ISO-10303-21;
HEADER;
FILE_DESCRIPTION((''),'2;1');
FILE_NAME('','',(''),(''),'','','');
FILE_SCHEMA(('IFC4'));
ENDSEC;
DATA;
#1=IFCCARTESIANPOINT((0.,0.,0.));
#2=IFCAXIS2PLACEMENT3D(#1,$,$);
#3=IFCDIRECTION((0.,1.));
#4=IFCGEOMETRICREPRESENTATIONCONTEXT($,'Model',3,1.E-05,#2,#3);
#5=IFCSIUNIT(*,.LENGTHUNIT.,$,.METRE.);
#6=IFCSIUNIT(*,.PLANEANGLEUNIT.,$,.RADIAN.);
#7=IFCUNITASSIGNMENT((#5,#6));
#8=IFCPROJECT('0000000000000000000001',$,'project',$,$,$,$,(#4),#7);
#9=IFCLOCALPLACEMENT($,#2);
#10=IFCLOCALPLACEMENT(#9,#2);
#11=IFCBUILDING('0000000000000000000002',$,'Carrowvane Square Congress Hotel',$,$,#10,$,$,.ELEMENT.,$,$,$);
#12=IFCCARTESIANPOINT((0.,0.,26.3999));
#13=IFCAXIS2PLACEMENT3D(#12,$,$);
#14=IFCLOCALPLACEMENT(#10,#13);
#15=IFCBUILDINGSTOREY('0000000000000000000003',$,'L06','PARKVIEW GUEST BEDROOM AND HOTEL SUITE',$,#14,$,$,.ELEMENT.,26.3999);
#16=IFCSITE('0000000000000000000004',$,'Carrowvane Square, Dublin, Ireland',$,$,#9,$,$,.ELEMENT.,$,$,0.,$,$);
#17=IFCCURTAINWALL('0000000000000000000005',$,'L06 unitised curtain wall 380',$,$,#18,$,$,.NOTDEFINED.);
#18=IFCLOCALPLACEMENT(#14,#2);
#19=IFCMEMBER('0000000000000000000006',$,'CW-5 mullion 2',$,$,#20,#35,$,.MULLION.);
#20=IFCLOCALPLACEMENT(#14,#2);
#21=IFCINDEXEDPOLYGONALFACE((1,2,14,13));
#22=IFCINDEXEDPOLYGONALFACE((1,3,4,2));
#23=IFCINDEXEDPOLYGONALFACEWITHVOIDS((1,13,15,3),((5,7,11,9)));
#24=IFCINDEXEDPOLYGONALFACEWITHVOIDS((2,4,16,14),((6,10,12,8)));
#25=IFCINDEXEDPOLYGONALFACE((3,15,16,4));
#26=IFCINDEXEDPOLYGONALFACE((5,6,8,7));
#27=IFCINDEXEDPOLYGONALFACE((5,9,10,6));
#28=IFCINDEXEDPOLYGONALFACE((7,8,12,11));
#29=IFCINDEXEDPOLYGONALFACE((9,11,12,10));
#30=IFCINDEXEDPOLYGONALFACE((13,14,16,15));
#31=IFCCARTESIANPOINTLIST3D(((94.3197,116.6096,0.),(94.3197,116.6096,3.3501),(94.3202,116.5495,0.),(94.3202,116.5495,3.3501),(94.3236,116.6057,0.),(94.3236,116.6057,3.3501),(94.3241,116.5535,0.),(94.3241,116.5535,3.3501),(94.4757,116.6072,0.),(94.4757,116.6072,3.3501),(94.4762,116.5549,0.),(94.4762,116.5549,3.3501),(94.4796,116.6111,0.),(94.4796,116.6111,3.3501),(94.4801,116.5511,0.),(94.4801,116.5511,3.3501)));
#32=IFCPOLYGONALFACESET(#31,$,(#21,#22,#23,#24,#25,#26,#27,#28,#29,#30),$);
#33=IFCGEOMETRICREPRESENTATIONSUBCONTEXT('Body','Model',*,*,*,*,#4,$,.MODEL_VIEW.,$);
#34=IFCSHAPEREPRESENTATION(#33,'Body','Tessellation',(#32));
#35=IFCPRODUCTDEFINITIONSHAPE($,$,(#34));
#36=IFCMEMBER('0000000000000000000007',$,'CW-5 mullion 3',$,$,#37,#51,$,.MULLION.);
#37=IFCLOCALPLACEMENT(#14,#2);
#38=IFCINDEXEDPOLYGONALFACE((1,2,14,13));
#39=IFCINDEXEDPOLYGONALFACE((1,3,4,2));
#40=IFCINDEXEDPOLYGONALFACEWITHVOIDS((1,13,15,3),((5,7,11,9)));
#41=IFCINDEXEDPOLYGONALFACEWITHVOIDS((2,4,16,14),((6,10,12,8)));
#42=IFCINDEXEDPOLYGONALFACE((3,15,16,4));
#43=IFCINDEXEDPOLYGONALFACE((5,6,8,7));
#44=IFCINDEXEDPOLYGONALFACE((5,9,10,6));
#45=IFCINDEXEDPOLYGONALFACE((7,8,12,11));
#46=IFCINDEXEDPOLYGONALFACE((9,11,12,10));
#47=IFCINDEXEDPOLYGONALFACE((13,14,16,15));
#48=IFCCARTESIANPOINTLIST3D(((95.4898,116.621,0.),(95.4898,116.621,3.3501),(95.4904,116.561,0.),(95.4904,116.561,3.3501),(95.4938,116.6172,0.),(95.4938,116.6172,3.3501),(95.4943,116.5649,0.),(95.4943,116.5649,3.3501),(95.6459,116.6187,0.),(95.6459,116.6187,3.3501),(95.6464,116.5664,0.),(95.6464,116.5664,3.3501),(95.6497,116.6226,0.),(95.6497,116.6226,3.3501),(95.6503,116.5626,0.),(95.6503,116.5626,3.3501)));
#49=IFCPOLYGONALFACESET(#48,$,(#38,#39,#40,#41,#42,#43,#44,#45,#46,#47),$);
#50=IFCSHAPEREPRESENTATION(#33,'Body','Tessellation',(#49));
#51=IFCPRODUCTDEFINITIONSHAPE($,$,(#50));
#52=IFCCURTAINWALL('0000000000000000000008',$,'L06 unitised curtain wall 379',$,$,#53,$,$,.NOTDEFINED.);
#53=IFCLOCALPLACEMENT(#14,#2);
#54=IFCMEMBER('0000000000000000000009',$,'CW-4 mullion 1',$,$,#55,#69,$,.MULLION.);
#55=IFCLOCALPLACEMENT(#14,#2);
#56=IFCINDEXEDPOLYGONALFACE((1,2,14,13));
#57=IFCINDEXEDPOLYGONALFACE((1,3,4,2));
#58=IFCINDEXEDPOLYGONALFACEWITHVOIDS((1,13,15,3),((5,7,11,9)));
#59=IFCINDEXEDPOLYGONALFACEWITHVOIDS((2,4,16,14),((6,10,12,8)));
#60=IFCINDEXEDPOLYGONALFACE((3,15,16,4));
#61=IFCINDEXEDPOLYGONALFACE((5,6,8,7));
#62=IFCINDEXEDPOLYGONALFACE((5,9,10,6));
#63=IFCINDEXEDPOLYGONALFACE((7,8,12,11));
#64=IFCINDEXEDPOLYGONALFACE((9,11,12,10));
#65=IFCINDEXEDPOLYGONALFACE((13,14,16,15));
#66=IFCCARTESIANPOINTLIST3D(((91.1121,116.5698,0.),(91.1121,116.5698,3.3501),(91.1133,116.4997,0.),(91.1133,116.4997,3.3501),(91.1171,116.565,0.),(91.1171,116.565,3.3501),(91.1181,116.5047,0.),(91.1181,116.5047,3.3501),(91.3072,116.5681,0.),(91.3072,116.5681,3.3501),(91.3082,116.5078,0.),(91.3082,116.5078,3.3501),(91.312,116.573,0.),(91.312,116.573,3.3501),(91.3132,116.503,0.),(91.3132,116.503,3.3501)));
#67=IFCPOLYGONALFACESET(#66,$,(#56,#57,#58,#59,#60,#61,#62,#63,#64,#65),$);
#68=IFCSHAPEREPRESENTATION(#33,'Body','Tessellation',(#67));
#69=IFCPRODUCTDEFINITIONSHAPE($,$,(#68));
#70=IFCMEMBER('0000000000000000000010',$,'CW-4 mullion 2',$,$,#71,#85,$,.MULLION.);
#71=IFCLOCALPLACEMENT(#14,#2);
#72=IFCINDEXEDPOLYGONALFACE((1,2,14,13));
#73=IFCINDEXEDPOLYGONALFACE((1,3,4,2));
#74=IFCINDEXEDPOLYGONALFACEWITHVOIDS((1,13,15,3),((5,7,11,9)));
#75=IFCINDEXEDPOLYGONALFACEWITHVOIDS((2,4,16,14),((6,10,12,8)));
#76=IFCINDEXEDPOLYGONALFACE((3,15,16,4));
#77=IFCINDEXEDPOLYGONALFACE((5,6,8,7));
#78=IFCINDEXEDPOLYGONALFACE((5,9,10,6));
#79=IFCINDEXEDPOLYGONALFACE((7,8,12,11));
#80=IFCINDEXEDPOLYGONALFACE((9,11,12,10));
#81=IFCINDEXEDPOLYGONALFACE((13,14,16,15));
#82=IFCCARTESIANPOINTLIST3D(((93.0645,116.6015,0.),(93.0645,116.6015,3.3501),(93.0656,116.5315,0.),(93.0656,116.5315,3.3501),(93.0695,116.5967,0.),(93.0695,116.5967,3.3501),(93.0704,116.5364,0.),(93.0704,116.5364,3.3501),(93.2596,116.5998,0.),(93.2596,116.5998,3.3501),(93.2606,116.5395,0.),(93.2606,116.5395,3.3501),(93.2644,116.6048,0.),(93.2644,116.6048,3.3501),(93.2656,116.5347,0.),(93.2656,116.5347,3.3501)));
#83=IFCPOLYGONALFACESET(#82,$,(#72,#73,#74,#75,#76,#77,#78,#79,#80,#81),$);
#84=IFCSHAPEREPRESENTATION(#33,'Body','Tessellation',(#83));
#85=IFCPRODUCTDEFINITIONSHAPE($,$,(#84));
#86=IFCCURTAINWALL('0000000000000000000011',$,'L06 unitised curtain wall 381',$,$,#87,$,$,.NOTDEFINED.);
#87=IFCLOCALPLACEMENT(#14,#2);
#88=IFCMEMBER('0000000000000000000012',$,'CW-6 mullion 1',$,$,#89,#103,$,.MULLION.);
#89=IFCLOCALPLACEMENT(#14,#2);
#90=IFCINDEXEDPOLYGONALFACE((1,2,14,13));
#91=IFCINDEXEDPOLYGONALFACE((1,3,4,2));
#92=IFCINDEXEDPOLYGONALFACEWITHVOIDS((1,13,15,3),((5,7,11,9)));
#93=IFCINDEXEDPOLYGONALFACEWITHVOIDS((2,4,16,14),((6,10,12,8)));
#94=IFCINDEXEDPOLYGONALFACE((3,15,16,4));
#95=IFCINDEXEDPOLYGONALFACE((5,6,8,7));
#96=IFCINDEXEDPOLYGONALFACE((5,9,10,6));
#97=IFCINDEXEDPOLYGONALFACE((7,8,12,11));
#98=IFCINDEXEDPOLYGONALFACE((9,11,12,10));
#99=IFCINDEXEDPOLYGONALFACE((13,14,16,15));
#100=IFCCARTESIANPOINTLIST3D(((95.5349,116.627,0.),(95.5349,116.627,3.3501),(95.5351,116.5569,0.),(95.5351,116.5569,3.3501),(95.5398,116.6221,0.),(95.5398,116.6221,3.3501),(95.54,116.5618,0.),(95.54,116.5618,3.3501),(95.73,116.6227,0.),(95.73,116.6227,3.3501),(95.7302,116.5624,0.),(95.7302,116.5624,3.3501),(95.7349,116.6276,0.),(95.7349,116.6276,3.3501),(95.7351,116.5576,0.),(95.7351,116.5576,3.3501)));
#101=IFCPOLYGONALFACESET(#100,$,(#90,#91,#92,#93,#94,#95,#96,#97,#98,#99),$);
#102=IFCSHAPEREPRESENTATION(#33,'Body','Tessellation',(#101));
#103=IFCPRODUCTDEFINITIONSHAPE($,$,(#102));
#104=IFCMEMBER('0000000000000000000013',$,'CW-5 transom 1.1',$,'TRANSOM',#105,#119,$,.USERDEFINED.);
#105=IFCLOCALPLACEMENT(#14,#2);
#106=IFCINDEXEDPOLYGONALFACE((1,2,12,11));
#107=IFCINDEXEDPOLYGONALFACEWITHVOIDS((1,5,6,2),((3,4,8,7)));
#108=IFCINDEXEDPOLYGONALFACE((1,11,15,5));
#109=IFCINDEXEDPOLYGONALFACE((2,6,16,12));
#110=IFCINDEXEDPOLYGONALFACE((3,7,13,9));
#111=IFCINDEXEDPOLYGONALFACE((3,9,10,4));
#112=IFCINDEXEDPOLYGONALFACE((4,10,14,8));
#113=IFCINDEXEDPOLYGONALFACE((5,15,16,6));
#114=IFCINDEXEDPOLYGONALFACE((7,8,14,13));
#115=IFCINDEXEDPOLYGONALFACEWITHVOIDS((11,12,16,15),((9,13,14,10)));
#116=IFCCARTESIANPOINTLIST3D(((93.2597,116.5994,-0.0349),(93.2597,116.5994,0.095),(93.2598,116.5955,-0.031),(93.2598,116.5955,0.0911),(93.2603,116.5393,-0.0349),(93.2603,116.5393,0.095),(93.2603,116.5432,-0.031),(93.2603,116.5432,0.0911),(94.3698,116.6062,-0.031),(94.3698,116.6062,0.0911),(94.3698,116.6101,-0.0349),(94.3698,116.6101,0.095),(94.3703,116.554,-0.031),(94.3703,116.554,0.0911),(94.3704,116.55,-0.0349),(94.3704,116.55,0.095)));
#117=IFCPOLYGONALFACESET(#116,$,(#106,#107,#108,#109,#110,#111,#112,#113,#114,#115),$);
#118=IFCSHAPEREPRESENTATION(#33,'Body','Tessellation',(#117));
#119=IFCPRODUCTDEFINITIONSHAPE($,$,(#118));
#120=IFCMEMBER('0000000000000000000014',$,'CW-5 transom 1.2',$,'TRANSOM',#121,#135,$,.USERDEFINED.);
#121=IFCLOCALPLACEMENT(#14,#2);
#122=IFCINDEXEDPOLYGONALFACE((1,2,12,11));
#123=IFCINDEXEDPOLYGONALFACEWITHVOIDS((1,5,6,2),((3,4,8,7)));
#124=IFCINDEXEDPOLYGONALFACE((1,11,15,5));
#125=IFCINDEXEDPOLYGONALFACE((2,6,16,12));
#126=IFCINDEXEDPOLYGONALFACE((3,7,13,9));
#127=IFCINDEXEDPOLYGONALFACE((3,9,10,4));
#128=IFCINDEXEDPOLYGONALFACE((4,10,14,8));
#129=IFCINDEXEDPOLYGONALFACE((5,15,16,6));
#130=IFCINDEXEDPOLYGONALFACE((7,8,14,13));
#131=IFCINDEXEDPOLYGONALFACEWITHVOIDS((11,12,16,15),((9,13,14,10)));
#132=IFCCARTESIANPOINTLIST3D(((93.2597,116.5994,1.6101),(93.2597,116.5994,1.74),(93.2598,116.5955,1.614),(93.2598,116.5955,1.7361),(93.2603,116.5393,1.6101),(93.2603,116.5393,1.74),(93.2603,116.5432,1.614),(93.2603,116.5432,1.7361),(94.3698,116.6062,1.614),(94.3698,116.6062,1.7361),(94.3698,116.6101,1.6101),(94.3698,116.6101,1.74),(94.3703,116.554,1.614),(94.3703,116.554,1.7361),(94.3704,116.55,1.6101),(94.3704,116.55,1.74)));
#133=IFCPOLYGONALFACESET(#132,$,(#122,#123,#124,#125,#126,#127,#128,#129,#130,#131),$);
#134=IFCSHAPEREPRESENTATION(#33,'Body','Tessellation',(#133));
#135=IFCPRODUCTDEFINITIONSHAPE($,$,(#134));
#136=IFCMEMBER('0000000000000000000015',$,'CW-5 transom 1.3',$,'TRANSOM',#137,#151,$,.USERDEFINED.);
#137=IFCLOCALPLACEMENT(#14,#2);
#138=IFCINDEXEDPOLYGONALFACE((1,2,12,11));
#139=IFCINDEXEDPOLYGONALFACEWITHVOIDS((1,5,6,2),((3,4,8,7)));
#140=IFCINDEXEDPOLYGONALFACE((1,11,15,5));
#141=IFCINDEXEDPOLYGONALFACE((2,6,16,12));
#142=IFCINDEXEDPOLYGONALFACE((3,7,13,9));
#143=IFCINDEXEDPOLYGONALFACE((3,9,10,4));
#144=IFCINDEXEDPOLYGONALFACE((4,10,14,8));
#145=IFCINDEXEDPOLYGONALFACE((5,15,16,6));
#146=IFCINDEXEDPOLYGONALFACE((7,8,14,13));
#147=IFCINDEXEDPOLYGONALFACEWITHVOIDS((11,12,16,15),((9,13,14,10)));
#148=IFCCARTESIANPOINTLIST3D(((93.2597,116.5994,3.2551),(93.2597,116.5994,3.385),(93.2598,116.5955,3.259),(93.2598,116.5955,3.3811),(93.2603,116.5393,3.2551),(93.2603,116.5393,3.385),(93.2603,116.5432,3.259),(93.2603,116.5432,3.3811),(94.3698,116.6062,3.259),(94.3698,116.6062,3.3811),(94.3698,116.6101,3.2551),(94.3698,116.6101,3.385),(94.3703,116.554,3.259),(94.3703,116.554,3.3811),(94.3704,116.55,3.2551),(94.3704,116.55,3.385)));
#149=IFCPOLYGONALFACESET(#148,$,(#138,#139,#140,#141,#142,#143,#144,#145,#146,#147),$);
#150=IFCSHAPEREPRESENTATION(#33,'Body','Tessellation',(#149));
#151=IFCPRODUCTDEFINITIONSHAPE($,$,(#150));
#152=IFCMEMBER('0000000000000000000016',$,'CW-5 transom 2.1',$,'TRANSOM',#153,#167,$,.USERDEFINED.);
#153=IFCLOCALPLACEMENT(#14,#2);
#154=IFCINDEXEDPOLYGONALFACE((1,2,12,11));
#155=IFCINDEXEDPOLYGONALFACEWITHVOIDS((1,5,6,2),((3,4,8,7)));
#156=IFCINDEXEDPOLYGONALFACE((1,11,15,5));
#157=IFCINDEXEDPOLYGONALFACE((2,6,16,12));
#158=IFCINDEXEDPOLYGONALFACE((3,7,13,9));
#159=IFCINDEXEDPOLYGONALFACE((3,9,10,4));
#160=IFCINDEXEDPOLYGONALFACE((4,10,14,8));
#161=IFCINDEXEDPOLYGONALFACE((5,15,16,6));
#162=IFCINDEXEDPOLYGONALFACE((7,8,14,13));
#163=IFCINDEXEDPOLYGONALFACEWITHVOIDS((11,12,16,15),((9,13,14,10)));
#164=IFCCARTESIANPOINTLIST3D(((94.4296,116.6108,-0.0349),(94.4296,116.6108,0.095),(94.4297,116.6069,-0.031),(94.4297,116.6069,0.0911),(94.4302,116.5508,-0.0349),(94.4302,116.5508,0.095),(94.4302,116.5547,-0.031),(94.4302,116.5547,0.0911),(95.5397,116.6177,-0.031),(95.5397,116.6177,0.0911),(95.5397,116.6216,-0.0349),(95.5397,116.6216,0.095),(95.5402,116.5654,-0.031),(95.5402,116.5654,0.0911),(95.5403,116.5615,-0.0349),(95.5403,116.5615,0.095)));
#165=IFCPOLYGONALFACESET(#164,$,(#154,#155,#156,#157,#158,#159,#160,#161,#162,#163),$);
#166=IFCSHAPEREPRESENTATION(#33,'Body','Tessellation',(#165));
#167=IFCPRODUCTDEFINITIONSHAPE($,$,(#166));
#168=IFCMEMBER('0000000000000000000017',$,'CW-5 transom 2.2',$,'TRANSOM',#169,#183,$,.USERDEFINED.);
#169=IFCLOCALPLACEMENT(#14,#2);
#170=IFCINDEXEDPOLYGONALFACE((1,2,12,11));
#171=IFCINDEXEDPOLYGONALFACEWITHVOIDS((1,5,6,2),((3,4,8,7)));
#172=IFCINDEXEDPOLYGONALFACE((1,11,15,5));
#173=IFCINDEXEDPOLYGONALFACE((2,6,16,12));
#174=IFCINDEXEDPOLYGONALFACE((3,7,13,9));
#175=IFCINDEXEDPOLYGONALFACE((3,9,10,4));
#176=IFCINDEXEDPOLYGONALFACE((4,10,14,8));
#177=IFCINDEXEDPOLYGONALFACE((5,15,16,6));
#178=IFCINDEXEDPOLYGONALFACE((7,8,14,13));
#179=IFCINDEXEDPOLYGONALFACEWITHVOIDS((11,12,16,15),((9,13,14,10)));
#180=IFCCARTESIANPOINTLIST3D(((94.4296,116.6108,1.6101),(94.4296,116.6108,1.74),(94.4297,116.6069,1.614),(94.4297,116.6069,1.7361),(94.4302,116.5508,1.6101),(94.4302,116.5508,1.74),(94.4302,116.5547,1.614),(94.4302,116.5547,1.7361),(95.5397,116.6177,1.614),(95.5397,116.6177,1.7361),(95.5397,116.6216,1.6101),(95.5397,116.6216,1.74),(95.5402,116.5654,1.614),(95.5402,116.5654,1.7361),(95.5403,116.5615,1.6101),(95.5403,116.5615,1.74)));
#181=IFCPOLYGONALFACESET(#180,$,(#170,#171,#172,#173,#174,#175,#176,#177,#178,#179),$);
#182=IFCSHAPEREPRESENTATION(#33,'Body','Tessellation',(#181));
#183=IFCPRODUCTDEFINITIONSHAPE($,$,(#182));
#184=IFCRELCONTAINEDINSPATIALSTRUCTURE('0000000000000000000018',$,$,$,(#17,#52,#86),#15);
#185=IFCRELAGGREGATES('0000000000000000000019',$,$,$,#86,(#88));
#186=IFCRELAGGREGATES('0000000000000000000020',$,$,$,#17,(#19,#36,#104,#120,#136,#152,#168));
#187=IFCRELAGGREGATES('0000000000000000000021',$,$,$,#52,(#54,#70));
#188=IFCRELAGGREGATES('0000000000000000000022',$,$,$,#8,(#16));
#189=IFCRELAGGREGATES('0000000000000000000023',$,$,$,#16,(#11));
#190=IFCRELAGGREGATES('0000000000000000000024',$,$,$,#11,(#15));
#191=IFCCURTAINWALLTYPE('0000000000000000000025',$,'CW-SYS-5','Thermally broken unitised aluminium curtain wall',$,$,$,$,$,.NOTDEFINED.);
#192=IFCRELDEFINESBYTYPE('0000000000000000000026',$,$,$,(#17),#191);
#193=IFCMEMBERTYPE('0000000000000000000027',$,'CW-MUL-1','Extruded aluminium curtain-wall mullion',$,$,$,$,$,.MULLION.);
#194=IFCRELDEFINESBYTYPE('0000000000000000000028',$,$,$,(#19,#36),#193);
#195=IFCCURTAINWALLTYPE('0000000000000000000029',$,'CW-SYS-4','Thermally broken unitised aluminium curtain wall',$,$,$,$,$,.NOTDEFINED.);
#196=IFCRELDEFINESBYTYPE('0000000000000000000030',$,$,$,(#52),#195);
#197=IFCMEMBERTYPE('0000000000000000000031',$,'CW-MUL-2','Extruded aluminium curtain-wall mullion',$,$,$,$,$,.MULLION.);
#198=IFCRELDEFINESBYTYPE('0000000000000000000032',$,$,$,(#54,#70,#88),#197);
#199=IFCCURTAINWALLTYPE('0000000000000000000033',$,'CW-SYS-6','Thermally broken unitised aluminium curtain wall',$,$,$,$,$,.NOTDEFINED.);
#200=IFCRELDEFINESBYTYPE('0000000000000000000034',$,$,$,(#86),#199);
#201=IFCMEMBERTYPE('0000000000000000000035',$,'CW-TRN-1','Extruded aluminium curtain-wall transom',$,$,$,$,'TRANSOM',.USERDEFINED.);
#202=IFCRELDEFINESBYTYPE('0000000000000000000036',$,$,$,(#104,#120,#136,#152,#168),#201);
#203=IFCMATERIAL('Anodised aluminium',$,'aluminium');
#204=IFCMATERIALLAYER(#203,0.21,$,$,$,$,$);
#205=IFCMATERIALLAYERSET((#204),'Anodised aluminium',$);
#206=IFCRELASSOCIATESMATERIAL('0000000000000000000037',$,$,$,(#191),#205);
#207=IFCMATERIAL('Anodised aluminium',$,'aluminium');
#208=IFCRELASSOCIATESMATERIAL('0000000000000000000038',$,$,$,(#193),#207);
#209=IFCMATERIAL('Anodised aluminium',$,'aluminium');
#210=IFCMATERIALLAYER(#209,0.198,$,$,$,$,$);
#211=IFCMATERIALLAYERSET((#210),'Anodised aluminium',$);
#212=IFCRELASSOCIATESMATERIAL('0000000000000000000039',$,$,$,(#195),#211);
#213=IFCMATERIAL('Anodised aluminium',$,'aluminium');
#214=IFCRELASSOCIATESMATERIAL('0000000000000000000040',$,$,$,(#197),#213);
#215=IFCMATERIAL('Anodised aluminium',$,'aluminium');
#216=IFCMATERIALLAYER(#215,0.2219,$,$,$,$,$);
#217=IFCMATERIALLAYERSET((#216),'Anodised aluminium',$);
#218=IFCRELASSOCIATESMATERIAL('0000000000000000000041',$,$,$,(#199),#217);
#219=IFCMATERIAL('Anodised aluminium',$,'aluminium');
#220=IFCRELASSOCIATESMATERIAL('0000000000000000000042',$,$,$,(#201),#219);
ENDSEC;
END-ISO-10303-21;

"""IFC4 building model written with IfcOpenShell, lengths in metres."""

from ifc_helpers import new_model, si_unit, direction, frame, origin, origin_2d, place, context, subcontext, project, spatial, hollow_rectangle, extrude, material, layer, layer_set, material_profile, profile_set, type_object, element, aggregate, save


model = new_model("IFC4")

# Units and contexts
model_context = context("Model", 3, precision=1e-05, world=origin(), true_north=direction((0.0, 1.0)))
body_context = subcontext(model_context, "Body", "Model", "MODEL_VIEW")
ifc_project = project(units=[si_unit("LENGTHUNIT", "METRE"), si_unit("PLANEANGLEUNIT", "RADIAN")], contexts=[model_context])

# Site, building, storey
site_placement = place(None, origin())
site = spatial("IfcSite", under=ifc_project, at=site_placement, Name="Carrowvane Square, Dublin, Ireland", CompositionType="ELEMENT", RefElevation=0.0)
building_placement = place(site_placement, origin())
building = spatial("IfcBuilding", under=site, at=building_placement, Name="Carrowvane Square Congress Hotel", CompositionType="ELEMENT")
storey_placement = place(building_placement, frame((0.0, 0.0, 26.3999)))
storey = spatial("IfcBuildingStorey", under=building, at=storey_placement, Name="L06", Description="PARKVIEW GUEST BEDROOM AND HOTEL SUITE", CompositionType="ELEMENT", Elevation=26.3999)

# Curtain walls, members
ifc_material_1 = material(Name="Anodised aluminium", Category="aluminium")
ifc_layer_1 = layer(ifc_material_1, 0.21)
ifc_layer_set_1 = layer_set([ifc_layer_1], Name="Anodised aluminium")
curtain_wall_type_1 = type_object("IfcCurtainWallType", Name="CW-SYS-5", Description="Thermally broken unitised aluminium curtain wall", PredefinedType="NOTDEFINED", material=ifc_layer_set_1)
curtain_wall_1_placement = place(storey_placement, origin())
curtain_wall_1 = element("IfcCurtainWall", 1, at=curtain_wall_1_placement, inside=storey, type_object=curtain_wall_type_1, Name="L06 unitised curtain wall 380", PredefinedType="NOTDEFINED")
ifc_material_2 = material(Name="Anodised aluminium", Category="aluminium")
ifc_material_profile_1 = material_profile(ifc_material_2, hollow_rectangle(XDim=0.0601, YDim=0.1599, WallThickness=0.0039, at=origin_2d()), Name="CW-ML 60x160x4")
ifc_profile_set_1 = profile_set([ifc_material_profile_1], Name="Anodised aluminium")
member_type_1 = type_object("IfcMemberType", Name="CW-MUL-1", Description="Extruded aluminium curtain-wall mullion", PredefinedType="MULLION", material=ifc_profile_set_1)
member_1_placement = place(storey_placement, frame((94.3999, 116.5803, 0.0), z_axis=(0.0, 0.0, 1.0), x_axis=(-0.009783, 0.999952, 0.0)))
member_1 = element("IfcMember", 2, at=member_1_placement, type_object=member_type_1, Name="CW-5 mullion 2", PredefinedType="MULLION", context=body_context, shape_type="SweptSolid", body=[
    extrude(hollow_rectangle(XDim=0.0601, YDim=0.1599, WallThickness=0.0039, at=origin_2d()), origin(), (0.0, 0.0, 1.0), 3.3501),
])
member_2_placement = place(storey_placement, frame((95.5701, 116.5918, 0.0), z_axis=(0.0, 0.0, 1.0), x_axis=(-0.009783, 0.999952, 0.0)))
member_2 = element("IfcMember", 3, at=member_2_placement, type_object=member_type_1, Name="CW-5 mullion 3", PredefinedType="MULLION", context=body_context, shape_type="SweptSolid", body=[
    extrude(hollow_rectangle(XDim=0.0601, YDim=0.1599, WallThickness=0.0039, at=origin_2d()), origin(), (0.0, 0.0, 1.0), 3.3501),
])
ifc_material_3 = material(Name="Anodised aluminium", Category="aluminium")
ifc_layer_2 = layer(ifc_material_3, 0.198)
ifc_layer_set_2 = layer_set([ifc_layer_2], Name="Anodised aluminium")
curtain_wall_type_2 = type_object("IfcCurtainWallType", Name="CW-SYS-4", Description="Thermally broken unitised aluminium curtain wall", PredefinedType="NOTDEFINED", material=ifc_layer_set_2)
curtain_wall_2_placement = place(storey_placement, origin())
curtain_wall_2 = element("IfcCurtainWall", 4, at=curtain_wall_2_placement, inside=storey, type_object=curtain_wall_type_2, Name="L06 unitised curtain wall 379", PredefinedType="NOTDEFINED")
ifc_material_4 = material(Name="Anodised aluminium", Category="aluminium")
ifc_material_profile_2 = material_profile(ifc_material_4, hollow_rectangle(XDim=0.0701, YDim=0.2, WallThickness=0.0049, at=origin_2d()), Name="CW-ML 70x200x5")
ifc_profile_set_2 = profile_set([ifc_material_profile_2], Name="Anodised aluminium")
member_type_2 = type_object("IfcMemberType", Name="CW-MUL-2", Description="Extruded aluminium curtain-wall mullion", PredefinedType="MULLION", material=ifc_profile_set_2)
member_3_placement = place(storey_placement, frame((91.2126, 116.5364, 0.0), z_axis=(0.0, 0.0, 1.0), x_axis=(-0.016216, 0.999869, 0.0)))
member_3 = element("IfcMember", 5, at=member_3_placement, type_object=member_type_2, Name="CW-4 mullion 1", PredefinedType="MULLION", context=body_context, shape_type="SweptSolid", body=[
    extrude(hollow_rectangle(XDim=0.0701, YDim=0.2, WallThickness=0.0049, at=origin_2d()), origin(), (0.0, 0.0, 1.0), 3.3501),
])
member_4_placement = place(storey_placement, frame((93.165, 116.5681, 0.0), z_axis=(0.0, 0.0, 1.0), x_axis=(-0.016216, 0.999869, 0.0)))
member_4 = element("IfcMember", 6, at=member_4_placement, type_object=member_type_2, Name="CW-4 mullion 2", PredefinedType="MULLION", context=body_context, shape_type="SweptSolid", body=[
    extrude(hollow_rectangle(XDim=0.0701, YDim=0.2, WallThickness=0.0049, at=origin_2d()), origin(), (0.0, 0.0, 1.0), 3.3501),
])

# Curtain wall, member
ifc_material_5 = material(Name="Anodised aluminium", Category="aluminium")
ifc_layer_3 = layer(ifc_material_5, 0.2219)
ifc_layer_set_3 = layer_set([ifc_layer_3], Name="Anodised aluminium")
curtain_wall_type_3 = type_object("IfcCurtainWallType", Name="CW-SYS-6", Description="Thermally broken unitised aluminium curtain wall", PredefinedType="NOTDEFINED", material=ifc_layer_set_3)
curtain_wall_3_placement = place(storey_placement, origin())
curtain_wall_3 = element("IfcCurtainWall", 7, at=curtain_wall_3_placement, inside=storey, type_object=curtain_wall_type_3, Name="L06 unitised curtain wall 381", PredefinedType="NOTDEFINED")
member_5_placement = place(storey_placement, frame((95.635, 116.5923, 0.0), z_axis=(0.0, 0.0, 1.0), x_axis=(-0.00327, 0.999995, 0.0)))
member_5 = element("IfcMember", 8, at=member_5_placement, type_object=member_type_2, Name="CW-6 mullion 1", PredefinedType="MULLION", context=body_context, shape_type="SweptSolid", body=[
    extrude(hollow_rectangle(XDim=0.0701, YDim=0.2, WallThickness=0.0049, at=origin_2d()), origin(), (0.0, 0.0, 1.0), 3.3501),
])

# Members
ifc_material_6 = material(Name="Anodised aluminium", Category="aluminium")
ifc_material_profile_3 = material_profile(ifc_material_6, hollow_rectangle(XDim=0.0601, YDim=0.1299, WallThickness=0.0039, at=origin_2d()), Name="CW-TR 60x130x4")
ifc_profile_set_3 = profile_set([ifc_material_profile_3], Name="Anodised aluminium")
member_type_3 = type_object("IfcMemberType", Name="CW-TRN-1", Description="Extruded aluminium curtain-wall transom", ElementType="TRANSOM", PredefinedType="USERDEFINED", material=ifc_profile_set_3)
member_6_placement = place(storey_placement, frame((93.26, 116.5693, 0.03), z_axis=(0.999953, 0.009676, 0.0), x_axis=(-0.009676, 0.999953, 0.0)))
member_6 = element("IfcMember", 9, at=member_6_placement, type_object=member_type_3, Name="CW-5 transom 1.1", ObjectType="TRANSOM", PredefinedType="USERDEFINED", context=body_context, shape_type="SweptSolid", body=[
    extrude(hollow_rectangle(XDim=0.0601, YDim=0.1299, WallThickness=0.0039, at=origin_2d()), origin(), (0.0, 0.0, 1.0), 1.1101),
])
member_7_placement = place(storey_placement, frame((93.26, 116.5693, 1.675), z_axis=(0.999953, 0.009676, 0.0), x_axis=(-0.009676, 0.999953, 0.0)))
member_7 = element("IfcMember", 10, at=member_7_placement, type_object=member_type_3, Name="CW-5 transom 1.2", ObjectType="TRANSOM", PredefinedType="USERDEFINED", context=body_context, shape_type="SweptSolid", body=[
    extrude(hollow_rectangle(XDim=0.0601, YDim=0.1299, WallThickness=0.0039, at=origin_2d()), origin(), (0.0, 0.0, 1.0), 1.1101),
])
member_8_placement = place(storey_placement, frame((93.26, 116.5693, 3.3201), z_axis=(0.999953, 0.009676, 0.0), x_axis=(-0.009676, 0.999953, 0.0)))
member_8 = element("IfcMember", 11, at=member_8_placement, type_object=member_type_3, Name="CW-5 transom 1.3", ObjectType="TRANSOM", PredefinedType="USERDEFINED", context=body_context, shape_type="SweptSolid", body=[
    extrude(hollow_rectangle(XDim=0.0601, YDim=0.1299, WallThickness=0.0039, at=origin_2d()), origin(), (0.0, 0.0, 1.0), 1.1101),
])
member_9_placement = place(storey_placement, frame((94.4299, 116.5808, 0.03), z_axis=(0.999953, 0.009676, 0.0), x_axis=(-0.009676, 0.999953, 0.0)))
member_9 = element("IfcMember", 12, at=member_9_placement, type_object=member_type_3, Name="CW-5 transom 2.1", ObjectType="TRANSOM", PredefinedType="USERDEFINED", context=body_context, shape_type="SweptSolid", body=[
    extrude(hollow_rectangle(XDim=0.0601, YDim=0.1299, WallThickness=0.0039, at=origin_2d()), origin(), (0.0, 0.0, 1.0), 1.1101),
])
member_10_placement = place(storey_placement, frame((94.4299, 116.5808, 1.675), z_axis=(0.999953, 0.009676, 0.0), x_axis=(-0.009676, 0.999953, 0.0)))
member_10 = element("IfcMember", 13, at=member_10_placement, type_object=member_type_3, Name="CW-5 transom 2.2", ObjectType="TRANSOM", PredefinedType="USERDEFINED", context=body_context, shape_type="SweptSolid", body=[
    extrude(hollow_rectangle(XDim=0.0601, YDim=0.1299, WallThickness=0.0039, at=origin_2d()), origin(), (0.0, 0.0, 1.0), 1.1101),
])
aggregate(curtain_wall_3, [member_5])

aggregate(curtain_wall_1, [member_1, member_2, member_6, member_7, member_8, member_9, member_10])
aggregate(curtain_wall_2, [member_3, member_4])

save(model, "model.ifc")
